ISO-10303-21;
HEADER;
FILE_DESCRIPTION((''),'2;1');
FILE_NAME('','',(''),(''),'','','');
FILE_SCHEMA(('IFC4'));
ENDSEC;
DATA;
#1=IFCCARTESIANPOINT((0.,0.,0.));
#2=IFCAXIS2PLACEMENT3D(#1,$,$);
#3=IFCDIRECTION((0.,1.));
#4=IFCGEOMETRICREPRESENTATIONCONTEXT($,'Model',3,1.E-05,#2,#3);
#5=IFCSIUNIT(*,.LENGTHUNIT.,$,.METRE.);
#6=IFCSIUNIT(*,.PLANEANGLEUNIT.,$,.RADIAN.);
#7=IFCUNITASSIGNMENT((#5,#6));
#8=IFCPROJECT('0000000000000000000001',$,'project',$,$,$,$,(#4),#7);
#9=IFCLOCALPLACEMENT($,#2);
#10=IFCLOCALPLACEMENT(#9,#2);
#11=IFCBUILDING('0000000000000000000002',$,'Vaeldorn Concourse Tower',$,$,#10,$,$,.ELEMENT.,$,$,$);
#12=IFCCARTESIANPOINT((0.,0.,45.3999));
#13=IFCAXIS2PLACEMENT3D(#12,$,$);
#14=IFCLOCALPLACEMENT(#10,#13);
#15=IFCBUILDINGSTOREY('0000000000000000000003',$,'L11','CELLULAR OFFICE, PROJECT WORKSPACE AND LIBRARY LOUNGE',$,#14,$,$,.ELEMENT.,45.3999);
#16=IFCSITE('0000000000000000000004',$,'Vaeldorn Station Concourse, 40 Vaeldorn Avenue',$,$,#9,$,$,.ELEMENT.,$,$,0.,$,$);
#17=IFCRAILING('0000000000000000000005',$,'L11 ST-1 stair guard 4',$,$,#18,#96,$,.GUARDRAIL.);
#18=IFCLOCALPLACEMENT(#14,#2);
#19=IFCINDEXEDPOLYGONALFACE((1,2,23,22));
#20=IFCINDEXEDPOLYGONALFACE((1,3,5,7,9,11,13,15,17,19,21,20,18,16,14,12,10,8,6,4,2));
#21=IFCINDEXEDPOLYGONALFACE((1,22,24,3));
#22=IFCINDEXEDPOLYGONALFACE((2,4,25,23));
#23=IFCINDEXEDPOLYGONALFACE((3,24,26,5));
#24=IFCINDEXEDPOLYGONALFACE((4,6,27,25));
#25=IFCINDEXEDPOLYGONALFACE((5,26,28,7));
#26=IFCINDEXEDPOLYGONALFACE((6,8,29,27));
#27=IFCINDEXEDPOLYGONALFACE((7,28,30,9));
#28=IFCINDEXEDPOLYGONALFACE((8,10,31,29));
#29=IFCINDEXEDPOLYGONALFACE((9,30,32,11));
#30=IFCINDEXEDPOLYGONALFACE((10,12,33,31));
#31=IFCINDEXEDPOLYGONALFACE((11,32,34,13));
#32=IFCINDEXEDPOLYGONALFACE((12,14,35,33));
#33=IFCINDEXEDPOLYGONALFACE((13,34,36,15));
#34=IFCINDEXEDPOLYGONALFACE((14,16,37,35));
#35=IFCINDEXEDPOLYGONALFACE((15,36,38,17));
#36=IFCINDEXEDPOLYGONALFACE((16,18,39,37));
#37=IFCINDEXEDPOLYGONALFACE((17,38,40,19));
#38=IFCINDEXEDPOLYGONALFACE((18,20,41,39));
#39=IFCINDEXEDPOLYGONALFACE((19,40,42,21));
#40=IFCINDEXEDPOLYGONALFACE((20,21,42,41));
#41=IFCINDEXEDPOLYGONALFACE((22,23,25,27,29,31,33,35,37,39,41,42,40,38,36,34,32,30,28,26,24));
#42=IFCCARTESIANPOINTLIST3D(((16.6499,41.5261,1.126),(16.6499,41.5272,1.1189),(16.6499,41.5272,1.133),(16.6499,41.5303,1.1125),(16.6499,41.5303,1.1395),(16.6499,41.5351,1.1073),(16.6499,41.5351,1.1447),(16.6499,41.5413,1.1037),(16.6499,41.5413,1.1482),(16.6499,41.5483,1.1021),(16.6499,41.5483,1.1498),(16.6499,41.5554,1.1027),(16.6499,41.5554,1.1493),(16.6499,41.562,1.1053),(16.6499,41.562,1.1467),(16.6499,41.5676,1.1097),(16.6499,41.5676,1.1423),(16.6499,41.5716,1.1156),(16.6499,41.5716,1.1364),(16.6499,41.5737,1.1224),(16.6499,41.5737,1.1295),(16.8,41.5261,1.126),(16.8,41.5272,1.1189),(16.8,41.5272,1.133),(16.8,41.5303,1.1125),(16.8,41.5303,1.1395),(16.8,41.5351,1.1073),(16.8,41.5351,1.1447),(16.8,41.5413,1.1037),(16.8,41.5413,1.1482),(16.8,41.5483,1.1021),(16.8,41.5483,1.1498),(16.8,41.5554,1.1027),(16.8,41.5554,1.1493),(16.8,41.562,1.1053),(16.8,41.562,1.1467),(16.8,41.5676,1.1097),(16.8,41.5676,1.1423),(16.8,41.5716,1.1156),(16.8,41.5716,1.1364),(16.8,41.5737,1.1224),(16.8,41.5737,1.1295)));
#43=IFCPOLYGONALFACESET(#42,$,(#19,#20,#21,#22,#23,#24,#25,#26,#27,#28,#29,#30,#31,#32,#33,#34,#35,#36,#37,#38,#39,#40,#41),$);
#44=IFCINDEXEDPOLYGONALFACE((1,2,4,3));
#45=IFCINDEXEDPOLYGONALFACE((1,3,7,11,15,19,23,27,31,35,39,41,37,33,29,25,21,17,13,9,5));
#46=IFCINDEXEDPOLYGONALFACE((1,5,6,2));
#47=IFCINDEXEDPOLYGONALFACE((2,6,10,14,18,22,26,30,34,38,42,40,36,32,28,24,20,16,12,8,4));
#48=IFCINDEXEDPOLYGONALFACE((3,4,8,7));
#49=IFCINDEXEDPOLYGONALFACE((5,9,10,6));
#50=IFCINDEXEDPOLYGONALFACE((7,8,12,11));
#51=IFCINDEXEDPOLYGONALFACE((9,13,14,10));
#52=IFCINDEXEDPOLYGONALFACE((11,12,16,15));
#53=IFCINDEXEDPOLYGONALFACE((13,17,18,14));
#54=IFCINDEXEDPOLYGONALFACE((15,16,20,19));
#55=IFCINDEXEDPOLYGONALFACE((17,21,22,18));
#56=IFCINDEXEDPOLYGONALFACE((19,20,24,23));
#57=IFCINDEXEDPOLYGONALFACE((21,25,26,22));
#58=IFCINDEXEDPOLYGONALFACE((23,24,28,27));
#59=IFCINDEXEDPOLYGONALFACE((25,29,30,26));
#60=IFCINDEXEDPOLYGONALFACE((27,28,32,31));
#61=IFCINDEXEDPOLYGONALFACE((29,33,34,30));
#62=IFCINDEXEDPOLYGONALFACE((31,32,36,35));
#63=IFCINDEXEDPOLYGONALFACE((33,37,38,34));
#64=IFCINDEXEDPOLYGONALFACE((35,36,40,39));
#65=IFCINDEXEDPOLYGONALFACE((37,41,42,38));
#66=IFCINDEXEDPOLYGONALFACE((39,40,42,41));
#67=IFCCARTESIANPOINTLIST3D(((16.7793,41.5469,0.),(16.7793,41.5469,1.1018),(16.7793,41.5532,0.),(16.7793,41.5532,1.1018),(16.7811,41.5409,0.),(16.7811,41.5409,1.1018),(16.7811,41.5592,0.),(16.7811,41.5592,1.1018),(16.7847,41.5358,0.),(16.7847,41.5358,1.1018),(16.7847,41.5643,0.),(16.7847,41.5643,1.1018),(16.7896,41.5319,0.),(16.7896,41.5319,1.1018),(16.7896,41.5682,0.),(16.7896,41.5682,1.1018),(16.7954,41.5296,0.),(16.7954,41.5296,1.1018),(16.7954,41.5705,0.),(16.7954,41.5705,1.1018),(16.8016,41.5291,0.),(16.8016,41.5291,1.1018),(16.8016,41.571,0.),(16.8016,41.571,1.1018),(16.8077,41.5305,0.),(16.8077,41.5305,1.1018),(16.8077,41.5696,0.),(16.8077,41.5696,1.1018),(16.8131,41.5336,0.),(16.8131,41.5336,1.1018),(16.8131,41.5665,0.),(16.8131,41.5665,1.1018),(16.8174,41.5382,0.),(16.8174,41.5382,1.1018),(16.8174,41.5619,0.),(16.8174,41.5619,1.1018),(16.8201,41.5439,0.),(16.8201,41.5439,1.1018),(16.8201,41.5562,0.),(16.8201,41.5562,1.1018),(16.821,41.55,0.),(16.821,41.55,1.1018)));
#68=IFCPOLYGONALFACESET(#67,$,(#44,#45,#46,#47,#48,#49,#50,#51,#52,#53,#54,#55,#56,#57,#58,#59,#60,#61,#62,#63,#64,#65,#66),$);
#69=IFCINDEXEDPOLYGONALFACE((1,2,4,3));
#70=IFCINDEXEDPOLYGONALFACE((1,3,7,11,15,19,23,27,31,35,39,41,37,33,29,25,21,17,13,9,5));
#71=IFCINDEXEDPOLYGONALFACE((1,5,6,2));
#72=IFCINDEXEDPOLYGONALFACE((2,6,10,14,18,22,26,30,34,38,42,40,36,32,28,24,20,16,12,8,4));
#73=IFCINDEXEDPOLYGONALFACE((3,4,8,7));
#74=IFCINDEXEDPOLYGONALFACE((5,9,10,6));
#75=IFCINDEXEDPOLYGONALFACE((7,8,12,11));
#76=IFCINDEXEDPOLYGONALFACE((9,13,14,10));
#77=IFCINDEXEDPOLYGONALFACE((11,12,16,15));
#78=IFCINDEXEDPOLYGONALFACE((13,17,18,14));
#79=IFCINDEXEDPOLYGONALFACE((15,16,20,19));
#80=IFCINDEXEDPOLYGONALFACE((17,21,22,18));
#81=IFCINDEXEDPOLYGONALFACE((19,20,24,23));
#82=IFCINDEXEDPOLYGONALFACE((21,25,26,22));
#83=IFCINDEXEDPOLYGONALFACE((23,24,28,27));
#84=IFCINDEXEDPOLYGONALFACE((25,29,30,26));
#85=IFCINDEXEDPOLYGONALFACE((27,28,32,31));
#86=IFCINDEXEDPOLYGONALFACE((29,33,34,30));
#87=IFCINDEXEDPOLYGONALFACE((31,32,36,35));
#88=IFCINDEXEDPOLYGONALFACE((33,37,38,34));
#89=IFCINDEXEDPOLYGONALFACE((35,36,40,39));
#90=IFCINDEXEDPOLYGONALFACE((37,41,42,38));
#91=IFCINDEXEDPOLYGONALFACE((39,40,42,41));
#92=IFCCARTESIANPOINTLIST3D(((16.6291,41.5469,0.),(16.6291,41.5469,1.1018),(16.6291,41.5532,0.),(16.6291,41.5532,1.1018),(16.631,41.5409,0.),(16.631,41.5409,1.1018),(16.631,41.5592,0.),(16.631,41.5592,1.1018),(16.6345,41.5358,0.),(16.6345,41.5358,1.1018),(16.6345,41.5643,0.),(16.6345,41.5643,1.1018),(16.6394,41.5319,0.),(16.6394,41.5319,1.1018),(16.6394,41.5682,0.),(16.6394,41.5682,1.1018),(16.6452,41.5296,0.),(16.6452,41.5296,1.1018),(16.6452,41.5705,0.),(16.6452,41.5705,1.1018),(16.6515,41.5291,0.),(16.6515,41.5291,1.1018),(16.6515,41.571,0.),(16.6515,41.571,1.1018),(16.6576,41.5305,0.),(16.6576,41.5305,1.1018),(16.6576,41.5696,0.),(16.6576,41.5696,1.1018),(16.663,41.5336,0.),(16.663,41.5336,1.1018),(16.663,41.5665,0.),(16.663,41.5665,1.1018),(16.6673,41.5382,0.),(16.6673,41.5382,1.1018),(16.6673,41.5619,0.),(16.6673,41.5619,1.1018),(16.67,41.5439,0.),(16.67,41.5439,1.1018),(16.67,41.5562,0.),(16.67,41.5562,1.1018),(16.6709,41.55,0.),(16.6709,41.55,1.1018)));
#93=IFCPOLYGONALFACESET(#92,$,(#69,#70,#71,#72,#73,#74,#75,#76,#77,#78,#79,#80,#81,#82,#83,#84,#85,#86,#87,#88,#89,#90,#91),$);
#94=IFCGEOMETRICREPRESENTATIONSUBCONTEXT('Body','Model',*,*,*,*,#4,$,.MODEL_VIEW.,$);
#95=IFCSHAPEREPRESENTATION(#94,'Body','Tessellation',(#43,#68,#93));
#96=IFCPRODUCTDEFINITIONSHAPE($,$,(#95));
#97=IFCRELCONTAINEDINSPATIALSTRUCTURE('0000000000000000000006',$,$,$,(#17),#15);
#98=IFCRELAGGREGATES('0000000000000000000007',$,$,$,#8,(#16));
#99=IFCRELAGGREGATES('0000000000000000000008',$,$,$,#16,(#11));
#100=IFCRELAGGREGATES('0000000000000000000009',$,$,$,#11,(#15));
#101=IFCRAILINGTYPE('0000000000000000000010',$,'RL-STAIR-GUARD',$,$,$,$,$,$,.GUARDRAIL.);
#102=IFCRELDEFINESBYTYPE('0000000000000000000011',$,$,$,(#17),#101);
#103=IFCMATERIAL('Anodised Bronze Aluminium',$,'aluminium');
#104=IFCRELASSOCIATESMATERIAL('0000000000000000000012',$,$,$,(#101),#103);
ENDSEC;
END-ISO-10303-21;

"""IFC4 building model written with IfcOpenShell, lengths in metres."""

from ifc_helpers import new_model, si_unit, direction, frame, origin, origin_2d, place, context, subcontext, project, spatial, circle, extrude, material, type_object, element, save


model = new_model("IFC4")

# Units and contexts
model_context = context("Model", 3, precision=1e-05, world=origin(), true_north=direction((0.0, 1.0)))
body_context = subcontext(model_context, "Body", "Model", "MODEL_VIEW")
ifc_project = project(units=[si_unit("LENGTHUNIT", "METRE"), si_unit("PLANEANGLEUNIT", "RADIAN")], contexts=[model_context])

# Site, building, storey
site_placement = place(None, origin())
site = spatial("IfcSite", under=ifc_project, at=site_placement, Name="Vaeldorn Station Concourse, 40 Vaeldorn Avenue", CompositionType="ELEMENT", RefElevation=0.0)
building_placement = place(site_placement, origin())
building = spatial("IfcBuilding", under=site, at=building_placement, Name="Vaeldorn Concourse Tower", CompositionType="ELEMENT")
storey_placement = place(building_placement, frame((0.0, 0.0, 45.3999)))
storey = spatial("IfcBuildingStorey", under=building, at=storey_placement, Name="L11", Description="CELLULAR OFFICE, PROJECT WORKSPACE AND LIBRARY LOUNGE", CompositionType="ELEMENT", Elevation=45.3999)

# Shared definitions
ifc_material_1 = material(Name="Anodised Bronze Aluminium", Category="aluminium")

# Railing
railing_type_1 = type_object("IfcRailingType", Name="RL-STAIR-GUARD", PredefinedType="GUARDRAIL", material=ifc_material_1)
railing_1_placement = place(storey_placement, frame((16.8, 41.55, 0.0)))
element("IfcRailing", 1, at=railing_1_placement, inside=storey, type_object=railing_type_1, Name="L11 ST-1 stair guard 4", PredefinedType="GUARDRAIL", context=body_context, shape_type="SweptSolid", body=[
    extrude(circle(Radius=0.0239, at=origin_2d()), frame((0.0, 0.0, 1.126), z_axis=(-1.0, 0.0, 0.0), x_axis=(0.0, -1.0, 0.0)), (0.0, 0.0, 1.0), 0.1501),
    extrude(circle(Radius=0.021, at=origin_2d()), origin(), (0.0, 0.0, 1.0), 1.1018),
    extrude(circle(Radius=0.021, at=origin_2d()), frame((-0.1501, 0.0, 0.0)), (0.0, 0.0, 1.0), 1.1018),
])

save(model, "model.ifc")
